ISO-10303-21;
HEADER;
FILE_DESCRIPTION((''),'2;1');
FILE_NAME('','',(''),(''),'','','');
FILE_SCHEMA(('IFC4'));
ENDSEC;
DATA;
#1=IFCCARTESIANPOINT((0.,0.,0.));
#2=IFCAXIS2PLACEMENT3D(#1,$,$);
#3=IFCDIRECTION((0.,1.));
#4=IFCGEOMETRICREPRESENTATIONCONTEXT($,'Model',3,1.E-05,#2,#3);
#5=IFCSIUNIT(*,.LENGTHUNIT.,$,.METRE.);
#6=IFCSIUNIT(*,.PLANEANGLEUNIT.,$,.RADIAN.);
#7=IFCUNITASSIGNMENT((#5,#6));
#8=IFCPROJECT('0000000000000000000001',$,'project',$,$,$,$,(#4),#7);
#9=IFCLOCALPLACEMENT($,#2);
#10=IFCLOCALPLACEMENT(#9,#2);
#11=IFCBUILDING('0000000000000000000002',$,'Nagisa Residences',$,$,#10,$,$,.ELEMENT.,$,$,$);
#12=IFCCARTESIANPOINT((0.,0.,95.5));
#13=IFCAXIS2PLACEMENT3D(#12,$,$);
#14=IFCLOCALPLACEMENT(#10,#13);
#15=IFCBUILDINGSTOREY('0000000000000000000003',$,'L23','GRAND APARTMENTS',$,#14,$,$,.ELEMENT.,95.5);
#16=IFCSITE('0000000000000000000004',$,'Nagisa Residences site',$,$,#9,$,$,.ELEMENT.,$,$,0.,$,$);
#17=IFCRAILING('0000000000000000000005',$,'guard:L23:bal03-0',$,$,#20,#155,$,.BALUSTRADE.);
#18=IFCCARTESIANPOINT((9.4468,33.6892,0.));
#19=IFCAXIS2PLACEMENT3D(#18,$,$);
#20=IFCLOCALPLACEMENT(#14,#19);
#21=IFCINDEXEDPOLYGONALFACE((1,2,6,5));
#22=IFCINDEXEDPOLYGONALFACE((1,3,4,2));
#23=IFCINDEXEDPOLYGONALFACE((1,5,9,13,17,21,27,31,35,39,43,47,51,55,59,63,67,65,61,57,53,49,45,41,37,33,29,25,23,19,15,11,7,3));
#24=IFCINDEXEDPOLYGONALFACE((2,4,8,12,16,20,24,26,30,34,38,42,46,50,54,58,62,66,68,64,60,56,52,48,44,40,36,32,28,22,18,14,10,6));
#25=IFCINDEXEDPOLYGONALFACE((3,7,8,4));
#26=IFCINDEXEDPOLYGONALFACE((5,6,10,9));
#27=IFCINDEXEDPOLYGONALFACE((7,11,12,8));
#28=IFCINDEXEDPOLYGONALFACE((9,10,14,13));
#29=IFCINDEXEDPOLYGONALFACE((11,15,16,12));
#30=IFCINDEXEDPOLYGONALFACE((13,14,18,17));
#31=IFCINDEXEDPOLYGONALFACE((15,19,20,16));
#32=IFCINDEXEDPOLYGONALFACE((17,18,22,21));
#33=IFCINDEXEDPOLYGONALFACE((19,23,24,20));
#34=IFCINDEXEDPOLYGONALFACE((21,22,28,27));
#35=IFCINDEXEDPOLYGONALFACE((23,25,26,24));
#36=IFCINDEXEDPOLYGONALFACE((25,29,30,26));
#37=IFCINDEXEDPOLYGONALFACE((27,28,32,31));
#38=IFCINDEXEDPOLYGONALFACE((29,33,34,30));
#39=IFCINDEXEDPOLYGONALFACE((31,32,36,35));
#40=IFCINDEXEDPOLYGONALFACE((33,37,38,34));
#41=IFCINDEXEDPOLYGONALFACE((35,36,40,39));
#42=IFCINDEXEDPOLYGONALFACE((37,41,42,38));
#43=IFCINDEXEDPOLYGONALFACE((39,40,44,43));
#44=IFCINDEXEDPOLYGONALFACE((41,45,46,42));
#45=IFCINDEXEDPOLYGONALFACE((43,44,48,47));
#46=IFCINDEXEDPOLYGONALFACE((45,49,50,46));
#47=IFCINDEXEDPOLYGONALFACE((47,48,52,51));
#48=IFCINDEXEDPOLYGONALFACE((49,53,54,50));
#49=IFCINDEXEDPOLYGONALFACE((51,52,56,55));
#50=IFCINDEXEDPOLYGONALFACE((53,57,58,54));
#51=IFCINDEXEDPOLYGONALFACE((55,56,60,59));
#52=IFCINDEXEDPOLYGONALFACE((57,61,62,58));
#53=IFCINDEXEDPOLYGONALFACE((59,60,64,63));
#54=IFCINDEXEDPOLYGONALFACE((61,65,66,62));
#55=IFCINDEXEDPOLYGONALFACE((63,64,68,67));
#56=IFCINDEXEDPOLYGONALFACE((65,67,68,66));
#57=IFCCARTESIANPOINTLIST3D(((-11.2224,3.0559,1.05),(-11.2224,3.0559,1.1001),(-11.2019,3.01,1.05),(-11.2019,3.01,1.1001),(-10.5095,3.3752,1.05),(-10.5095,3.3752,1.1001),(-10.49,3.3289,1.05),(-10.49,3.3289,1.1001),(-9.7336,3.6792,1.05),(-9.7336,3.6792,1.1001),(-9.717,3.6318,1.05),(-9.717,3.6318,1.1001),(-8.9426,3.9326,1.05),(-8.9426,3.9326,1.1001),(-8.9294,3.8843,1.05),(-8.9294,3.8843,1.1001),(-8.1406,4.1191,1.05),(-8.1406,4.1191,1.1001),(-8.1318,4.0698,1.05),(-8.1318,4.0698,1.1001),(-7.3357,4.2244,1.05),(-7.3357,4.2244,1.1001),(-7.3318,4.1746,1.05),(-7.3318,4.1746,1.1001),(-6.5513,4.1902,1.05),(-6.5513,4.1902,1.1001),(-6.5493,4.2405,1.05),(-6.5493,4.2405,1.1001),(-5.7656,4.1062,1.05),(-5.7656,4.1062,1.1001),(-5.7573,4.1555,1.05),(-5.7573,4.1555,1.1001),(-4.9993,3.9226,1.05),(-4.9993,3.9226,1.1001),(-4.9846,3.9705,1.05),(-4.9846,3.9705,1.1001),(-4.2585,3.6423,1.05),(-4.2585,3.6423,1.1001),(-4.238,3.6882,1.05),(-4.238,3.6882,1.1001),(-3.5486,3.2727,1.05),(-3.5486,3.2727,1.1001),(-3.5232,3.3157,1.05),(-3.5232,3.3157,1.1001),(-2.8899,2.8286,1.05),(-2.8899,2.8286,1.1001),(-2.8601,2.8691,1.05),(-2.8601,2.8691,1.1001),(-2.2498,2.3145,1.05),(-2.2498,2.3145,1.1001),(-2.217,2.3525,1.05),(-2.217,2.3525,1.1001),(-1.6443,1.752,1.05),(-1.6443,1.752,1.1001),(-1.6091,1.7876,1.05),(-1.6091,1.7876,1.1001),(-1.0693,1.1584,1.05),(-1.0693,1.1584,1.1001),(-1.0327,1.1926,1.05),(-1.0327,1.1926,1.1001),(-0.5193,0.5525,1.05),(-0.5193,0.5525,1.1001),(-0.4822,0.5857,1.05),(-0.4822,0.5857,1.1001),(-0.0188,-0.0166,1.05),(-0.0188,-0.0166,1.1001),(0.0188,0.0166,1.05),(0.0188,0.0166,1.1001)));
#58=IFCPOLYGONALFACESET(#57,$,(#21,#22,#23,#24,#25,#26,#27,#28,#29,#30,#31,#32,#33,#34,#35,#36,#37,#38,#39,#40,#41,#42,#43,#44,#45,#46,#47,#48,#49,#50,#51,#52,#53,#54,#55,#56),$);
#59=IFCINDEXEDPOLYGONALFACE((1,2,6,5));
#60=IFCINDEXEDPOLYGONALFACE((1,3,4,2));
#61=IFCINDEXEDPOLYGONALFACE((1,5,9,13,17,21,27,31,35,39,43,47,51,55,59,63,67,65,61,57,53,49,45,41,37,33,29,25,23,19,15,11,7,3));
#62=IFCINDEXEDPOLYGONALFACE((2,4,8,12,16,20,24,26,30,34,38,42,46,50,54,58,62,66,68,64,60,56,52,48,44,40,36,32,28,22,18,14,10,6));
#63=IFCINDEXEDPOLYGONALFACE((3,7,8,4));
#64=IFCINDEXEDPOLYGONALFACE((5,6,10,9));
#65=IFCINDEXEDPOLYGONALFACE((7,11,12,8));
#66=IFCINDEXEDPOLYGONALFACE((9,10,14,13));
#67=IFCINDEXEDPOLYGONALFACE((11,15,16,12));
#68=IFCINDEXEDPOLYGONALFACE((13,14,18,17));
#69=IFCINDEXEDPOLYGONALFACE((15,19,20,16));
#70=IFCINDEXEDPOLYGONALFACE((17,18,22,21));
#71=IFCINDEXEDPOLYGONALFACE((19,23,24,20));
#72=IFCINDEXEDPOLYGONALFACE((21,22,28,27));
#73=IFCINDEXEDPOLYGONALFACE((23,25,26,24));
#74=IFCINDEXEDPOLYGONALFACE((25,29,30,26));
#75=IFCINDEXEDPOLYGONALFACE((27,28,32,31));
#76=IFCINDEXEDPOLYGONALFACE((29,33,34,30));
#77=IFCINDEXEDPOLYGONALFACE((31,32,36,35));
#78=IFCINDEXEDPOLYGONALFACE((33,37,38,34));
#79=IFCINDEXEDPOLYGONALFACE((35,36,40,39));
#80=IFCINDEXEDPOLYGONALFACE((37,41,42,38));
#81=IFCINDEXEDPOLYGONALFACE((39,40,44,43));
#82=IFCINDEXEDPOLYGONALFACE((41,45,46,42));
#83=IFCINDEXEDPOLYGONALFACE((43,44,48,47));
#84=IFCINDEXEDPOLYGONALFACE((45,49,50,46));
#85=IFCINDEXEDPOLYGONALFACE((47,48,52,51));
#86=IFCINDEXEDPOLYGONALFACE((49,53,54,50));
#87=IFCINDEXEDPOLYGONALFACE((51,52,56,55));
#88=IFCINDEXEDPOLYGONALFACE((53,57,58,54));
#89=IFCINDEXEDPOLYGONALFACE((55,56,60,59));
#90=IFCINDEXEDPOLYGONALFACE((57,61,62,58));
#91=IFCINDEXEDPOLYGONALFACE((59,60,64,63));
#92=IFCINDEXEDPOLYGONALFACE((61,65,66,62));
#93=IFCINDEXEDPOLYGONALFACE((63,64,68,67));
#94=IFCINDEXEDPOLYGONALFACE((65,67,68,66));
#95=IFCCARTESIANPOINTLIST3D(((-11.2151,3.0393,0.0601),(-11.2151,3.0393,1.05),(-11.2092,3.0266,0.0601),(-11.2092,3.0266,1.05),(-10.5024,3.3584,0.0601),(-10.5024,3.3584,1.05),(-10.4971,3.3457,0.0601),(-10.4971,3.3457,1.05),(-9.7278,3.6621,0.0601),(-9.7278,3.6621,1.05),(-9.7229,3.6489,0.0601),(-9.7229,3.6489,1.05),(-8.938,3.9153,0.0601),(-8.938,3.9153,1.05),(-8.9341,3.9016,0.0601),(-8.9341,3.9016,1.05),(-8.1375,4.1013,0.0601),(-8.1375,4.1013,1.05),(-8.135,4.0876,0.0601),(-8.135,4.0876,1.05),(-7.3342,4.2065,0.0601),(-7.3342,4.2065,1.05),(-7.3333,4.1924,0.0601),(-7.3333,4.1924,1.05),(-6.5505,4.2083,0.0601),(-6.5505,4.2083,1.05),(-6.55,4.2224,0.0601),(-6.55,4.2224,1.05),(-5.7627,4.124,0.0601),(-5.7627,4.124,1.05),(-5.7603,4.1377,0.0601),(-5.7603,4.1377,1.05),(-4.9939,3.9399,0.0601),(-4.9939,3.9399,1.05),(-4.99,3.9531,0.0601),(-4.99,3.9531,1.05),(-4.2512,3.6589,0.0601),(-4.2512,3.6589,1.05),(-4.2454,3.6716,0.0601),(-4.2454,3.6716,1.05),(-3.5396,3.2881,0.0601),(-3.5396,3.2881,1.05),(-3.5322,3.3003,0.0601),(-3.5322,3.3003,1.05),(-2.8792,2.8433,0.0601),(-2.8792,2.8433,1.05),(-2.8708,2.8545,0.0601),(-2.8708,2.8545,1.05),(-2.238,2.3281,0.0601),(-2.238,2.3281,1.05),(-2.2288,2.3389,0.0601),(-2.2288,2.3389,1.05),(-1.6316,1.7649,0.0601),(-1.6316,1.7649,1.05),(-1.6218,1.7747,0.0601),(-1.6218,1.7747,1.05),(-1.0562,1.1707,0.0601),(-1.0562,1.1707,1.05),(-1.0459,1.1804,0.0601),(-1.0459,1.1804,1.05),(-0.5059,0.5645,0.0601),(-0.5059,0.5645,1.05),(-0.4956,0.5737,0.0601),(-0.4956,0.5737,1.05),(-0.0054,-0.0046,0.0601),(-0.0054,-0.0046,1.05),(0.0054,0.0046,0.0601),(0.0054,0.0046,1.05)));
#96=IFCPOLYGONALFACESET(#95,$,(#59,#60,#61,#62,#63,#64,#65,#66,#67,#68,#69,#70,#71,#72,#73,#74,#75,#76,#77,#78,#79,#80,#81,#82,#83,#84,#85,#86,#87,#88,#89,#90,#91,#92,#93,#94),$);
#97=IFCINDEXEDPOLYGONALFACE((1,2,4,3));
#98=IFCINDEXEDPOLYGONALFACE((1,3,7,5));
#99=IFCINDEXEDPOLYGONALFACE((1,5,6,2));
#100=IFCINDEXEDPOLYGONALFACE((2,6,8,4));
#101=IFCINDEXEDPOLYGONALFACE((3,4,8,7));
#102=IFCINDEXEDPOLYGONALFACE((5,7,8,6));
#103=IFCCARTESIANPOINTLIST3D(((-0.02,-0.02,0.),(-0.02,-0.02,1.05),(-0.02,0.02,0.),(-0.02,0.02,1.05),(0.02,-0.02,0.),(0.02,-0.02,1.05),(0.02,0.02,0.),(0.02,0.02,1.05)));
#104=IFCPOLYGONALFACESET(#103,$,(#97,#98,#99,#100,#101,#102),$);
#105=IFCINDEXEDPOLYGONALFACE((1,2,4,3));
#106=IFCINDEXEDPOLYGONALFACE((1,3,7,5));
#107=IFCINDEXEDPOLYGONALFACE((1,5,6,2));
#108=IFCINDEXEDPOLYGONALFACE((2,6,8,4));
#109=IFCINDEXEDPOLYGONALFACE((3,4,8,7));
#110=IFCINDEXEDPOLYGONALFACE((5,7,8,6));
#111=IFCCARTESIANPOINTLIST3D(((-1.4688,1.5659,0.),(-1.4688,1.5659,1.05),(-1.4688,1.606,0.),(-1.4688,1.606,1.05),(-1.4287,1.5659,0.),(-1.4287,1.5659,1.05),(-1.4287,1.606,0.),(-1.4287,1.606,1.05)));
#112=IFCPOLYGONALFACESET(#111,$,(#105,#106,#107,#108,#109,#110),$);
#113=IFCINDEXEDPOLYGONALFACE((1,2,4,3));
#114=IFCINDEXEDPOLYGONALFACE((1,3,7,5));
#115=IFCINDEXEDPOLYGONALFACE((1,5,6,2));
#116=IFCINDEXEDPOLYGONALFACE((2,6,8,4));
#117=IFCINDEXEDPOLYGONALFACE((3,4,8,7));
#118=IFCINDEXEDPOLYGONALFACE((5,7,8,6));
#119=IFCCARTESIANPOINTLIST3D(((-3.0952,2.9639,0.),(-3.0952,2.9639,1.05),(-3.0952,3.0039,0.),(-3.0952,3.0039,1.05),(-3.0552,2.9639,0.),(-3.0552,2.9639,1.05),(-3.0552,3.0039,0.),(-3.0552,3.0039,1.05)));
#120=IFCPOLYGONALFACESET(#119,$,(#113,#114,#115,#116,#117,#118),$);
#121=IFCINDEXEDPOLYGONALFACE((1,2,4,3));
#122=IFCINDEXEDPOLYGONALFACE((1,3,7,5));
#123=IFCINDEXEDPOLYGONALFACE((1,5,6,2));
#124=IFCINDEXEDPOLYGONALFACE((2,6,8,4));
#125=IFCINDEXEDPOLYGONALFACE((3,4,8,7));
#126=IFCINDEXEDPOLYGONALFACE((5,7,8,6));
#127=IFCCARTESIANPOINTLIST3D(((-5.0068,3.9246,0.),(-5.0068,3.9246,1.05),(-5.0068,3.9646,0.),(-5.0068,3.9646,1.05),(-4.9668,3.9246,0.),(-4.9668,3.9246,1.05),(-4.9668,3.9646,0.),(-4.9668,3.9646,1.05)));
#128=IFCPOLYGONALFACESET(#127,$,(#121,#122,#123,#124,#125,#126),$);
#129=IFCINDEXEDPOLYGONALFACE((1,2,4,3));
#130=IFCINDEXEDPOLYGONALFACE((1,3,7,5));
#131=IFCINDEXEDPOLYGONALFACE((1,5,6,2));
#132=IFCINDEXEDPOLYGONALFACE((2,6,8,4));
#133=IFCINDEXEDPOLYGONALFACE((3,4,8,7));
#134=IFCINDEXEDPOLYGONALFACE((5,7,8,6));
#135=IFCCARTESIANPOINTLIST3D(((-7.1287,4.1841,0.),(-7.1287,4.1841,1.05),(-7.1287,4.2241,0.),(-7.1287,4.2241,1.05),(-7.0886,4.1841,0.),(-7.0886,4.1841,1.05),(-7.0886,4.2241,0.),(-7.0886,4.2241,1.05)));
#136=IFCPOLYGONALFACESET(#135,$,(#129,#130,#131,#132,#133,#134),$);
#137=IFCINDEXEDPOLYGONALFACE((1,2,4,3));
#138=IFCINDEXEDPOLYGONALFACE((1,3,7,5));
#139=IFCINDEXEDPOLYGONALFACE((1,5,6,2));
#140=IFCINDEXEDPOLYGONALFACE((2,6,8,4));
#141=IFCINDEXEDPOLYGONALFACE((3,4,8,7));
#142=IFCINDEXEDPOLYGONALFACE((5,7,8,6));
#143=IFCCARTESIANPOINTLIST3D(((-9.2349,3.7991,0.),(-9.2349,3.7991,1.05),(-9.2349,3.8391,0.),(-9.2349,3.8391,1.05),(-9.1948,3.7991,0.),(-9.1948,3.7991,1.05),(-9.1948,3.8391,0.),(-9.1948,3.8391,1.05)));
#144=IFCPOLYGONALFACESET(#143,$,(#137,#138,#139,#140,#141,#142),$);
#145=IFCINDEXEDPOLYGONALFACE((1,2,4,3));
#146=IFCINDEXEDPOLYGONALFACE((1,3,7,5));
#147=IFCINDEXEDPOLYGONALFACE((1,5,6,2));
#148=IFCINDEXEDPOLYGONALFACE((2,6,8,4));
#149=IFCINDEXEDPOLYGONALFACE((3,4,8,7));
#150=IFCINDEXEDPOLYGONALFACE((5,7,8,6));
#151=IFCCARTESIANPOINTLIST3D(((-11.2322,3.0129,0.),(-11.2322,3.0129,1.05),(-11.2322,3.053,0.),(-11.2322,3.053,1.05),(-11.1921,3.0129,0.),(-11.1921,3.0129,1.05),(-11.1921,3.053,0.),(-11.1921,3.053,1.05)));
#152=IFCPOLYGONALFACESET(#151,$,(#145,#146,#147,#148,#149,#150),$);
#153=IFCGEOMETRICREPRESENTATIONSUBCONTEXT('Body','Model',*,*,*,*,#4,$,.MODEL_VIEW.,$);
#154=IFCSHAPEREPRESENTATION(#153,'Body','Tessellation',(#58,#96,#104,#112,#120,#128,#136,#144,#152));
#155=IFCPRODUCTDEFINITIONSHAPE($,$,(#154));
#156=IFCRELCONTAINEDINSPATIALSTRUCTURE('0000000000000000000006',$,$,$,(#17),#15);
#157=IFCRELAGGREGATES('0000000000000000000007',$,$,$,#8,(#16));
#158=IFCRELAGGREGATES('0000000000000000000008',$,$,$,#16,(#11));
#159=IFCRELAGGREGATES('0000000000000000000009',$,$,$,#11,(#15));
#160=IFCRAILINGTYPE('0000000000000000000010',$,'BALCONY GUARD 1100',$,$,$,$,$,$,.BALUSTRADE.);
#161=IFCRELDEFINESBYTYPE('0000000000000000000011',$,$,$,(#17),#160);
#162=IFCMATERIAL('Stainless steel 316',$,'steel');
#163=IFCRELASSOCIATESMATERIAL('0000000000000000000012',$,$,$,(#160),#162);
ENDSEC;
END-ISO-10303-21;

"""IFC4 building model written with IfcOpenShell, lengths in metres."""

from ifc_helpers import new_model, si_unit, direction, frame, origin, origin_2d, place, context, subcontext, project, spatial, polyline, rectangle, outline, extrude, material, type_object, element, save


model = new_model("IFC4")

# Units and contexts
model_context = context("Model", 3, precision=1e-05, world=origin(), true_north=direction((0.0, 1.0)))
body_context = subcontext(model_context, "Body", "Model", "MODEL_VIEW")
ifc_project = project(units=[si_unit("LENGTHUNIT", "METRE"), si_unit("PLANEANGLEUNIT", "RADIAN")], contexts=[model_context])

# Site, building, storey
site_placement = place(None, origin())
site = spatial("IfcSite", under=ifc_project, at=site_placement, Name="Nagisa Residences site", CompositionType="ELEMENT", RefElevation=0.0)
building_placement = place(site_placement, origin())
building = spatial("IfcBuilding", under=site, at=building_placement, Name="Nagisa Residences", CompositionType="ELEMENT")
storey_placement = place(building_placement, frame((0.0, 0.0, 95.5)))
storey = spatial("IfcBuildingStorey", under=building, at=storey_placement, Name="L23", Description="GRAND APARTMENTS", CompositionType="ELEMENT", Elevation=95.5)

# Railing
ifc_material_1 = material(Name="Stainless steel 316", Category="steel")
railing_type = type_object("IfcRailingType", Name="BALCONY GUARD 1100", PredefinedType="BALUSTRADE", material=ifc_material_1)
railing_placement = place(storey_placement, frame((9.4468, 33.6892, 0.0)))
element("IfcRailing", 1, at=railing_placement, inside=storey, type_object=railing_type, Name="guard:L23:bal03-0", PredefinedType="BALUSTRADE", context=body_context, shape_type="SweptSolid", body=[
    extrude(outline(polyline([(-0.5193, 0.5525), (-0.0188, -0.0166), (0.0188, 0.0166), (-0.4822, 0.5857), (-1.0327, 1.1926), (-1.6091, 1.7876), (-2.217, 2.3525), (-2.8601, 2.8691), (-3.5232, 3.3157), (-4.238, 3.6882), (-4.9846, 3.9705), (-5.7573, 4.1555), (-6.5493, 4.2405), (-7.3357, 4.2244), (-8.1406, 4.1191), (-8.9426, 3.9326), (-9.7336, 3.6792), (-10.5095, 3.3752), (-11.2224, 3.0559), (-11.2019, 3.01), (-10.49, 3.3289), (-9.717, 3.6318), (-8.9294, 3.8843), (-8.1318, 4.0698), (-7.3318, 4.1746), (-6.5513, 4.1902), (-5.7656, 4.1062), (-4.9993, 3.9226), (-4.2585, 3.6423), (-3.5486, 3.2727), (-2.8899, 2.8286), (-2.2498, 2.3145), (-1.6443, 1.752), (-1.0693, 1.1584), (-0.5193, 0.5525)])), frame((0.0, 0.0, 1.05)), (0.0, 0.0, 1.0), 0.05),
    extrude(outline(polyline([(-0.5059, 0.5645), (-0.0054, -0.0046), (0.0054, 0.0046), (-0.4956, 0.5737), (-1.0459, 1.1804), (-1.6218, 1.7747), (-2.2288, 2.3389), (-2.8708, 2.8545), (-3.5322, 3.3003), (-4.2454, 3.6716), (-4.99, 3.9531), (-5.7603, 4.1377), (-6.55, 4.2224), (-7.3342, 4.2065), (-8.1375, 4.1013), (-8.938, 3.9153), (-9.7278, 3.6621), (-10.5024, 3.3584), (-11.2151, 3.0393), (-11.2092, 3.0266), (-10.4971, 3.3457), (-9.7229, 3.6489), (-8.9341, 3.9016), (-8.135, 4.0876), (-7.3333, 4.1924), (-6.5505, 4.2083), (-5.7627, 4.124), (-4.9939, 3.9399), (-4.2512, 3.6589), (-3.5396, 3.2881), (-2.8792, 2.8433), (-2.238, 2.3281), (-1.6316, 1.7649), (-1.0562, 1.1707), (-0.5059, 0.5645)])), frame((0.0, 0.0, 0.0601)), (0.0, 0.0, 1.0), 0.99),
    extrude(rectangle(XDim=0.04, YDim=0.04, at=origin_2d()), origin(), (0.0, 0.0, 1.0), 1.05),
    extrude(rectangle(XDim=0.04, YDim=0.04, at=origin_2d()), frame((-1.4487, 1.5859, 0.0)), (0.0, 0.0, 1.0), 1.05),
    extrude(rectangle(XDim=0.04, YDim=0.04, at=origin_2d()), frame((-3.0752, 2.9839, 0.0)), (0.0, 0.0, 1.0), 1.05),
    extrude(rectangle(XDim=0.04, YDim=0.04, at=origin_2d()), frame((-4.9868, 3.9446, 0.0)), (0.0, 0.0, 1.0), 1.05),
    extrude(rectangle(XDim=0.04, YDim=0.04, at=origin_2d()), frame((-7.1086, 4.2041, 0.0)), (0.0, 0.0, 1.0), 1.05),
    extrude(rectangle(XDim=0.04, YDim=0.04, at=origin_2d()), frame((-9.2148, 3.8191, 0.0)), (0.0, 0.0, 1.0), 1.05),
    extrude(rectangle(XDim=0.04, YDim=0.04, at=origin_2d()), frame((-11.2122, 3.033, 0.0)), (0.0, 0.0, 1.0), 1.05),
])

save(model, "model.ifc")
